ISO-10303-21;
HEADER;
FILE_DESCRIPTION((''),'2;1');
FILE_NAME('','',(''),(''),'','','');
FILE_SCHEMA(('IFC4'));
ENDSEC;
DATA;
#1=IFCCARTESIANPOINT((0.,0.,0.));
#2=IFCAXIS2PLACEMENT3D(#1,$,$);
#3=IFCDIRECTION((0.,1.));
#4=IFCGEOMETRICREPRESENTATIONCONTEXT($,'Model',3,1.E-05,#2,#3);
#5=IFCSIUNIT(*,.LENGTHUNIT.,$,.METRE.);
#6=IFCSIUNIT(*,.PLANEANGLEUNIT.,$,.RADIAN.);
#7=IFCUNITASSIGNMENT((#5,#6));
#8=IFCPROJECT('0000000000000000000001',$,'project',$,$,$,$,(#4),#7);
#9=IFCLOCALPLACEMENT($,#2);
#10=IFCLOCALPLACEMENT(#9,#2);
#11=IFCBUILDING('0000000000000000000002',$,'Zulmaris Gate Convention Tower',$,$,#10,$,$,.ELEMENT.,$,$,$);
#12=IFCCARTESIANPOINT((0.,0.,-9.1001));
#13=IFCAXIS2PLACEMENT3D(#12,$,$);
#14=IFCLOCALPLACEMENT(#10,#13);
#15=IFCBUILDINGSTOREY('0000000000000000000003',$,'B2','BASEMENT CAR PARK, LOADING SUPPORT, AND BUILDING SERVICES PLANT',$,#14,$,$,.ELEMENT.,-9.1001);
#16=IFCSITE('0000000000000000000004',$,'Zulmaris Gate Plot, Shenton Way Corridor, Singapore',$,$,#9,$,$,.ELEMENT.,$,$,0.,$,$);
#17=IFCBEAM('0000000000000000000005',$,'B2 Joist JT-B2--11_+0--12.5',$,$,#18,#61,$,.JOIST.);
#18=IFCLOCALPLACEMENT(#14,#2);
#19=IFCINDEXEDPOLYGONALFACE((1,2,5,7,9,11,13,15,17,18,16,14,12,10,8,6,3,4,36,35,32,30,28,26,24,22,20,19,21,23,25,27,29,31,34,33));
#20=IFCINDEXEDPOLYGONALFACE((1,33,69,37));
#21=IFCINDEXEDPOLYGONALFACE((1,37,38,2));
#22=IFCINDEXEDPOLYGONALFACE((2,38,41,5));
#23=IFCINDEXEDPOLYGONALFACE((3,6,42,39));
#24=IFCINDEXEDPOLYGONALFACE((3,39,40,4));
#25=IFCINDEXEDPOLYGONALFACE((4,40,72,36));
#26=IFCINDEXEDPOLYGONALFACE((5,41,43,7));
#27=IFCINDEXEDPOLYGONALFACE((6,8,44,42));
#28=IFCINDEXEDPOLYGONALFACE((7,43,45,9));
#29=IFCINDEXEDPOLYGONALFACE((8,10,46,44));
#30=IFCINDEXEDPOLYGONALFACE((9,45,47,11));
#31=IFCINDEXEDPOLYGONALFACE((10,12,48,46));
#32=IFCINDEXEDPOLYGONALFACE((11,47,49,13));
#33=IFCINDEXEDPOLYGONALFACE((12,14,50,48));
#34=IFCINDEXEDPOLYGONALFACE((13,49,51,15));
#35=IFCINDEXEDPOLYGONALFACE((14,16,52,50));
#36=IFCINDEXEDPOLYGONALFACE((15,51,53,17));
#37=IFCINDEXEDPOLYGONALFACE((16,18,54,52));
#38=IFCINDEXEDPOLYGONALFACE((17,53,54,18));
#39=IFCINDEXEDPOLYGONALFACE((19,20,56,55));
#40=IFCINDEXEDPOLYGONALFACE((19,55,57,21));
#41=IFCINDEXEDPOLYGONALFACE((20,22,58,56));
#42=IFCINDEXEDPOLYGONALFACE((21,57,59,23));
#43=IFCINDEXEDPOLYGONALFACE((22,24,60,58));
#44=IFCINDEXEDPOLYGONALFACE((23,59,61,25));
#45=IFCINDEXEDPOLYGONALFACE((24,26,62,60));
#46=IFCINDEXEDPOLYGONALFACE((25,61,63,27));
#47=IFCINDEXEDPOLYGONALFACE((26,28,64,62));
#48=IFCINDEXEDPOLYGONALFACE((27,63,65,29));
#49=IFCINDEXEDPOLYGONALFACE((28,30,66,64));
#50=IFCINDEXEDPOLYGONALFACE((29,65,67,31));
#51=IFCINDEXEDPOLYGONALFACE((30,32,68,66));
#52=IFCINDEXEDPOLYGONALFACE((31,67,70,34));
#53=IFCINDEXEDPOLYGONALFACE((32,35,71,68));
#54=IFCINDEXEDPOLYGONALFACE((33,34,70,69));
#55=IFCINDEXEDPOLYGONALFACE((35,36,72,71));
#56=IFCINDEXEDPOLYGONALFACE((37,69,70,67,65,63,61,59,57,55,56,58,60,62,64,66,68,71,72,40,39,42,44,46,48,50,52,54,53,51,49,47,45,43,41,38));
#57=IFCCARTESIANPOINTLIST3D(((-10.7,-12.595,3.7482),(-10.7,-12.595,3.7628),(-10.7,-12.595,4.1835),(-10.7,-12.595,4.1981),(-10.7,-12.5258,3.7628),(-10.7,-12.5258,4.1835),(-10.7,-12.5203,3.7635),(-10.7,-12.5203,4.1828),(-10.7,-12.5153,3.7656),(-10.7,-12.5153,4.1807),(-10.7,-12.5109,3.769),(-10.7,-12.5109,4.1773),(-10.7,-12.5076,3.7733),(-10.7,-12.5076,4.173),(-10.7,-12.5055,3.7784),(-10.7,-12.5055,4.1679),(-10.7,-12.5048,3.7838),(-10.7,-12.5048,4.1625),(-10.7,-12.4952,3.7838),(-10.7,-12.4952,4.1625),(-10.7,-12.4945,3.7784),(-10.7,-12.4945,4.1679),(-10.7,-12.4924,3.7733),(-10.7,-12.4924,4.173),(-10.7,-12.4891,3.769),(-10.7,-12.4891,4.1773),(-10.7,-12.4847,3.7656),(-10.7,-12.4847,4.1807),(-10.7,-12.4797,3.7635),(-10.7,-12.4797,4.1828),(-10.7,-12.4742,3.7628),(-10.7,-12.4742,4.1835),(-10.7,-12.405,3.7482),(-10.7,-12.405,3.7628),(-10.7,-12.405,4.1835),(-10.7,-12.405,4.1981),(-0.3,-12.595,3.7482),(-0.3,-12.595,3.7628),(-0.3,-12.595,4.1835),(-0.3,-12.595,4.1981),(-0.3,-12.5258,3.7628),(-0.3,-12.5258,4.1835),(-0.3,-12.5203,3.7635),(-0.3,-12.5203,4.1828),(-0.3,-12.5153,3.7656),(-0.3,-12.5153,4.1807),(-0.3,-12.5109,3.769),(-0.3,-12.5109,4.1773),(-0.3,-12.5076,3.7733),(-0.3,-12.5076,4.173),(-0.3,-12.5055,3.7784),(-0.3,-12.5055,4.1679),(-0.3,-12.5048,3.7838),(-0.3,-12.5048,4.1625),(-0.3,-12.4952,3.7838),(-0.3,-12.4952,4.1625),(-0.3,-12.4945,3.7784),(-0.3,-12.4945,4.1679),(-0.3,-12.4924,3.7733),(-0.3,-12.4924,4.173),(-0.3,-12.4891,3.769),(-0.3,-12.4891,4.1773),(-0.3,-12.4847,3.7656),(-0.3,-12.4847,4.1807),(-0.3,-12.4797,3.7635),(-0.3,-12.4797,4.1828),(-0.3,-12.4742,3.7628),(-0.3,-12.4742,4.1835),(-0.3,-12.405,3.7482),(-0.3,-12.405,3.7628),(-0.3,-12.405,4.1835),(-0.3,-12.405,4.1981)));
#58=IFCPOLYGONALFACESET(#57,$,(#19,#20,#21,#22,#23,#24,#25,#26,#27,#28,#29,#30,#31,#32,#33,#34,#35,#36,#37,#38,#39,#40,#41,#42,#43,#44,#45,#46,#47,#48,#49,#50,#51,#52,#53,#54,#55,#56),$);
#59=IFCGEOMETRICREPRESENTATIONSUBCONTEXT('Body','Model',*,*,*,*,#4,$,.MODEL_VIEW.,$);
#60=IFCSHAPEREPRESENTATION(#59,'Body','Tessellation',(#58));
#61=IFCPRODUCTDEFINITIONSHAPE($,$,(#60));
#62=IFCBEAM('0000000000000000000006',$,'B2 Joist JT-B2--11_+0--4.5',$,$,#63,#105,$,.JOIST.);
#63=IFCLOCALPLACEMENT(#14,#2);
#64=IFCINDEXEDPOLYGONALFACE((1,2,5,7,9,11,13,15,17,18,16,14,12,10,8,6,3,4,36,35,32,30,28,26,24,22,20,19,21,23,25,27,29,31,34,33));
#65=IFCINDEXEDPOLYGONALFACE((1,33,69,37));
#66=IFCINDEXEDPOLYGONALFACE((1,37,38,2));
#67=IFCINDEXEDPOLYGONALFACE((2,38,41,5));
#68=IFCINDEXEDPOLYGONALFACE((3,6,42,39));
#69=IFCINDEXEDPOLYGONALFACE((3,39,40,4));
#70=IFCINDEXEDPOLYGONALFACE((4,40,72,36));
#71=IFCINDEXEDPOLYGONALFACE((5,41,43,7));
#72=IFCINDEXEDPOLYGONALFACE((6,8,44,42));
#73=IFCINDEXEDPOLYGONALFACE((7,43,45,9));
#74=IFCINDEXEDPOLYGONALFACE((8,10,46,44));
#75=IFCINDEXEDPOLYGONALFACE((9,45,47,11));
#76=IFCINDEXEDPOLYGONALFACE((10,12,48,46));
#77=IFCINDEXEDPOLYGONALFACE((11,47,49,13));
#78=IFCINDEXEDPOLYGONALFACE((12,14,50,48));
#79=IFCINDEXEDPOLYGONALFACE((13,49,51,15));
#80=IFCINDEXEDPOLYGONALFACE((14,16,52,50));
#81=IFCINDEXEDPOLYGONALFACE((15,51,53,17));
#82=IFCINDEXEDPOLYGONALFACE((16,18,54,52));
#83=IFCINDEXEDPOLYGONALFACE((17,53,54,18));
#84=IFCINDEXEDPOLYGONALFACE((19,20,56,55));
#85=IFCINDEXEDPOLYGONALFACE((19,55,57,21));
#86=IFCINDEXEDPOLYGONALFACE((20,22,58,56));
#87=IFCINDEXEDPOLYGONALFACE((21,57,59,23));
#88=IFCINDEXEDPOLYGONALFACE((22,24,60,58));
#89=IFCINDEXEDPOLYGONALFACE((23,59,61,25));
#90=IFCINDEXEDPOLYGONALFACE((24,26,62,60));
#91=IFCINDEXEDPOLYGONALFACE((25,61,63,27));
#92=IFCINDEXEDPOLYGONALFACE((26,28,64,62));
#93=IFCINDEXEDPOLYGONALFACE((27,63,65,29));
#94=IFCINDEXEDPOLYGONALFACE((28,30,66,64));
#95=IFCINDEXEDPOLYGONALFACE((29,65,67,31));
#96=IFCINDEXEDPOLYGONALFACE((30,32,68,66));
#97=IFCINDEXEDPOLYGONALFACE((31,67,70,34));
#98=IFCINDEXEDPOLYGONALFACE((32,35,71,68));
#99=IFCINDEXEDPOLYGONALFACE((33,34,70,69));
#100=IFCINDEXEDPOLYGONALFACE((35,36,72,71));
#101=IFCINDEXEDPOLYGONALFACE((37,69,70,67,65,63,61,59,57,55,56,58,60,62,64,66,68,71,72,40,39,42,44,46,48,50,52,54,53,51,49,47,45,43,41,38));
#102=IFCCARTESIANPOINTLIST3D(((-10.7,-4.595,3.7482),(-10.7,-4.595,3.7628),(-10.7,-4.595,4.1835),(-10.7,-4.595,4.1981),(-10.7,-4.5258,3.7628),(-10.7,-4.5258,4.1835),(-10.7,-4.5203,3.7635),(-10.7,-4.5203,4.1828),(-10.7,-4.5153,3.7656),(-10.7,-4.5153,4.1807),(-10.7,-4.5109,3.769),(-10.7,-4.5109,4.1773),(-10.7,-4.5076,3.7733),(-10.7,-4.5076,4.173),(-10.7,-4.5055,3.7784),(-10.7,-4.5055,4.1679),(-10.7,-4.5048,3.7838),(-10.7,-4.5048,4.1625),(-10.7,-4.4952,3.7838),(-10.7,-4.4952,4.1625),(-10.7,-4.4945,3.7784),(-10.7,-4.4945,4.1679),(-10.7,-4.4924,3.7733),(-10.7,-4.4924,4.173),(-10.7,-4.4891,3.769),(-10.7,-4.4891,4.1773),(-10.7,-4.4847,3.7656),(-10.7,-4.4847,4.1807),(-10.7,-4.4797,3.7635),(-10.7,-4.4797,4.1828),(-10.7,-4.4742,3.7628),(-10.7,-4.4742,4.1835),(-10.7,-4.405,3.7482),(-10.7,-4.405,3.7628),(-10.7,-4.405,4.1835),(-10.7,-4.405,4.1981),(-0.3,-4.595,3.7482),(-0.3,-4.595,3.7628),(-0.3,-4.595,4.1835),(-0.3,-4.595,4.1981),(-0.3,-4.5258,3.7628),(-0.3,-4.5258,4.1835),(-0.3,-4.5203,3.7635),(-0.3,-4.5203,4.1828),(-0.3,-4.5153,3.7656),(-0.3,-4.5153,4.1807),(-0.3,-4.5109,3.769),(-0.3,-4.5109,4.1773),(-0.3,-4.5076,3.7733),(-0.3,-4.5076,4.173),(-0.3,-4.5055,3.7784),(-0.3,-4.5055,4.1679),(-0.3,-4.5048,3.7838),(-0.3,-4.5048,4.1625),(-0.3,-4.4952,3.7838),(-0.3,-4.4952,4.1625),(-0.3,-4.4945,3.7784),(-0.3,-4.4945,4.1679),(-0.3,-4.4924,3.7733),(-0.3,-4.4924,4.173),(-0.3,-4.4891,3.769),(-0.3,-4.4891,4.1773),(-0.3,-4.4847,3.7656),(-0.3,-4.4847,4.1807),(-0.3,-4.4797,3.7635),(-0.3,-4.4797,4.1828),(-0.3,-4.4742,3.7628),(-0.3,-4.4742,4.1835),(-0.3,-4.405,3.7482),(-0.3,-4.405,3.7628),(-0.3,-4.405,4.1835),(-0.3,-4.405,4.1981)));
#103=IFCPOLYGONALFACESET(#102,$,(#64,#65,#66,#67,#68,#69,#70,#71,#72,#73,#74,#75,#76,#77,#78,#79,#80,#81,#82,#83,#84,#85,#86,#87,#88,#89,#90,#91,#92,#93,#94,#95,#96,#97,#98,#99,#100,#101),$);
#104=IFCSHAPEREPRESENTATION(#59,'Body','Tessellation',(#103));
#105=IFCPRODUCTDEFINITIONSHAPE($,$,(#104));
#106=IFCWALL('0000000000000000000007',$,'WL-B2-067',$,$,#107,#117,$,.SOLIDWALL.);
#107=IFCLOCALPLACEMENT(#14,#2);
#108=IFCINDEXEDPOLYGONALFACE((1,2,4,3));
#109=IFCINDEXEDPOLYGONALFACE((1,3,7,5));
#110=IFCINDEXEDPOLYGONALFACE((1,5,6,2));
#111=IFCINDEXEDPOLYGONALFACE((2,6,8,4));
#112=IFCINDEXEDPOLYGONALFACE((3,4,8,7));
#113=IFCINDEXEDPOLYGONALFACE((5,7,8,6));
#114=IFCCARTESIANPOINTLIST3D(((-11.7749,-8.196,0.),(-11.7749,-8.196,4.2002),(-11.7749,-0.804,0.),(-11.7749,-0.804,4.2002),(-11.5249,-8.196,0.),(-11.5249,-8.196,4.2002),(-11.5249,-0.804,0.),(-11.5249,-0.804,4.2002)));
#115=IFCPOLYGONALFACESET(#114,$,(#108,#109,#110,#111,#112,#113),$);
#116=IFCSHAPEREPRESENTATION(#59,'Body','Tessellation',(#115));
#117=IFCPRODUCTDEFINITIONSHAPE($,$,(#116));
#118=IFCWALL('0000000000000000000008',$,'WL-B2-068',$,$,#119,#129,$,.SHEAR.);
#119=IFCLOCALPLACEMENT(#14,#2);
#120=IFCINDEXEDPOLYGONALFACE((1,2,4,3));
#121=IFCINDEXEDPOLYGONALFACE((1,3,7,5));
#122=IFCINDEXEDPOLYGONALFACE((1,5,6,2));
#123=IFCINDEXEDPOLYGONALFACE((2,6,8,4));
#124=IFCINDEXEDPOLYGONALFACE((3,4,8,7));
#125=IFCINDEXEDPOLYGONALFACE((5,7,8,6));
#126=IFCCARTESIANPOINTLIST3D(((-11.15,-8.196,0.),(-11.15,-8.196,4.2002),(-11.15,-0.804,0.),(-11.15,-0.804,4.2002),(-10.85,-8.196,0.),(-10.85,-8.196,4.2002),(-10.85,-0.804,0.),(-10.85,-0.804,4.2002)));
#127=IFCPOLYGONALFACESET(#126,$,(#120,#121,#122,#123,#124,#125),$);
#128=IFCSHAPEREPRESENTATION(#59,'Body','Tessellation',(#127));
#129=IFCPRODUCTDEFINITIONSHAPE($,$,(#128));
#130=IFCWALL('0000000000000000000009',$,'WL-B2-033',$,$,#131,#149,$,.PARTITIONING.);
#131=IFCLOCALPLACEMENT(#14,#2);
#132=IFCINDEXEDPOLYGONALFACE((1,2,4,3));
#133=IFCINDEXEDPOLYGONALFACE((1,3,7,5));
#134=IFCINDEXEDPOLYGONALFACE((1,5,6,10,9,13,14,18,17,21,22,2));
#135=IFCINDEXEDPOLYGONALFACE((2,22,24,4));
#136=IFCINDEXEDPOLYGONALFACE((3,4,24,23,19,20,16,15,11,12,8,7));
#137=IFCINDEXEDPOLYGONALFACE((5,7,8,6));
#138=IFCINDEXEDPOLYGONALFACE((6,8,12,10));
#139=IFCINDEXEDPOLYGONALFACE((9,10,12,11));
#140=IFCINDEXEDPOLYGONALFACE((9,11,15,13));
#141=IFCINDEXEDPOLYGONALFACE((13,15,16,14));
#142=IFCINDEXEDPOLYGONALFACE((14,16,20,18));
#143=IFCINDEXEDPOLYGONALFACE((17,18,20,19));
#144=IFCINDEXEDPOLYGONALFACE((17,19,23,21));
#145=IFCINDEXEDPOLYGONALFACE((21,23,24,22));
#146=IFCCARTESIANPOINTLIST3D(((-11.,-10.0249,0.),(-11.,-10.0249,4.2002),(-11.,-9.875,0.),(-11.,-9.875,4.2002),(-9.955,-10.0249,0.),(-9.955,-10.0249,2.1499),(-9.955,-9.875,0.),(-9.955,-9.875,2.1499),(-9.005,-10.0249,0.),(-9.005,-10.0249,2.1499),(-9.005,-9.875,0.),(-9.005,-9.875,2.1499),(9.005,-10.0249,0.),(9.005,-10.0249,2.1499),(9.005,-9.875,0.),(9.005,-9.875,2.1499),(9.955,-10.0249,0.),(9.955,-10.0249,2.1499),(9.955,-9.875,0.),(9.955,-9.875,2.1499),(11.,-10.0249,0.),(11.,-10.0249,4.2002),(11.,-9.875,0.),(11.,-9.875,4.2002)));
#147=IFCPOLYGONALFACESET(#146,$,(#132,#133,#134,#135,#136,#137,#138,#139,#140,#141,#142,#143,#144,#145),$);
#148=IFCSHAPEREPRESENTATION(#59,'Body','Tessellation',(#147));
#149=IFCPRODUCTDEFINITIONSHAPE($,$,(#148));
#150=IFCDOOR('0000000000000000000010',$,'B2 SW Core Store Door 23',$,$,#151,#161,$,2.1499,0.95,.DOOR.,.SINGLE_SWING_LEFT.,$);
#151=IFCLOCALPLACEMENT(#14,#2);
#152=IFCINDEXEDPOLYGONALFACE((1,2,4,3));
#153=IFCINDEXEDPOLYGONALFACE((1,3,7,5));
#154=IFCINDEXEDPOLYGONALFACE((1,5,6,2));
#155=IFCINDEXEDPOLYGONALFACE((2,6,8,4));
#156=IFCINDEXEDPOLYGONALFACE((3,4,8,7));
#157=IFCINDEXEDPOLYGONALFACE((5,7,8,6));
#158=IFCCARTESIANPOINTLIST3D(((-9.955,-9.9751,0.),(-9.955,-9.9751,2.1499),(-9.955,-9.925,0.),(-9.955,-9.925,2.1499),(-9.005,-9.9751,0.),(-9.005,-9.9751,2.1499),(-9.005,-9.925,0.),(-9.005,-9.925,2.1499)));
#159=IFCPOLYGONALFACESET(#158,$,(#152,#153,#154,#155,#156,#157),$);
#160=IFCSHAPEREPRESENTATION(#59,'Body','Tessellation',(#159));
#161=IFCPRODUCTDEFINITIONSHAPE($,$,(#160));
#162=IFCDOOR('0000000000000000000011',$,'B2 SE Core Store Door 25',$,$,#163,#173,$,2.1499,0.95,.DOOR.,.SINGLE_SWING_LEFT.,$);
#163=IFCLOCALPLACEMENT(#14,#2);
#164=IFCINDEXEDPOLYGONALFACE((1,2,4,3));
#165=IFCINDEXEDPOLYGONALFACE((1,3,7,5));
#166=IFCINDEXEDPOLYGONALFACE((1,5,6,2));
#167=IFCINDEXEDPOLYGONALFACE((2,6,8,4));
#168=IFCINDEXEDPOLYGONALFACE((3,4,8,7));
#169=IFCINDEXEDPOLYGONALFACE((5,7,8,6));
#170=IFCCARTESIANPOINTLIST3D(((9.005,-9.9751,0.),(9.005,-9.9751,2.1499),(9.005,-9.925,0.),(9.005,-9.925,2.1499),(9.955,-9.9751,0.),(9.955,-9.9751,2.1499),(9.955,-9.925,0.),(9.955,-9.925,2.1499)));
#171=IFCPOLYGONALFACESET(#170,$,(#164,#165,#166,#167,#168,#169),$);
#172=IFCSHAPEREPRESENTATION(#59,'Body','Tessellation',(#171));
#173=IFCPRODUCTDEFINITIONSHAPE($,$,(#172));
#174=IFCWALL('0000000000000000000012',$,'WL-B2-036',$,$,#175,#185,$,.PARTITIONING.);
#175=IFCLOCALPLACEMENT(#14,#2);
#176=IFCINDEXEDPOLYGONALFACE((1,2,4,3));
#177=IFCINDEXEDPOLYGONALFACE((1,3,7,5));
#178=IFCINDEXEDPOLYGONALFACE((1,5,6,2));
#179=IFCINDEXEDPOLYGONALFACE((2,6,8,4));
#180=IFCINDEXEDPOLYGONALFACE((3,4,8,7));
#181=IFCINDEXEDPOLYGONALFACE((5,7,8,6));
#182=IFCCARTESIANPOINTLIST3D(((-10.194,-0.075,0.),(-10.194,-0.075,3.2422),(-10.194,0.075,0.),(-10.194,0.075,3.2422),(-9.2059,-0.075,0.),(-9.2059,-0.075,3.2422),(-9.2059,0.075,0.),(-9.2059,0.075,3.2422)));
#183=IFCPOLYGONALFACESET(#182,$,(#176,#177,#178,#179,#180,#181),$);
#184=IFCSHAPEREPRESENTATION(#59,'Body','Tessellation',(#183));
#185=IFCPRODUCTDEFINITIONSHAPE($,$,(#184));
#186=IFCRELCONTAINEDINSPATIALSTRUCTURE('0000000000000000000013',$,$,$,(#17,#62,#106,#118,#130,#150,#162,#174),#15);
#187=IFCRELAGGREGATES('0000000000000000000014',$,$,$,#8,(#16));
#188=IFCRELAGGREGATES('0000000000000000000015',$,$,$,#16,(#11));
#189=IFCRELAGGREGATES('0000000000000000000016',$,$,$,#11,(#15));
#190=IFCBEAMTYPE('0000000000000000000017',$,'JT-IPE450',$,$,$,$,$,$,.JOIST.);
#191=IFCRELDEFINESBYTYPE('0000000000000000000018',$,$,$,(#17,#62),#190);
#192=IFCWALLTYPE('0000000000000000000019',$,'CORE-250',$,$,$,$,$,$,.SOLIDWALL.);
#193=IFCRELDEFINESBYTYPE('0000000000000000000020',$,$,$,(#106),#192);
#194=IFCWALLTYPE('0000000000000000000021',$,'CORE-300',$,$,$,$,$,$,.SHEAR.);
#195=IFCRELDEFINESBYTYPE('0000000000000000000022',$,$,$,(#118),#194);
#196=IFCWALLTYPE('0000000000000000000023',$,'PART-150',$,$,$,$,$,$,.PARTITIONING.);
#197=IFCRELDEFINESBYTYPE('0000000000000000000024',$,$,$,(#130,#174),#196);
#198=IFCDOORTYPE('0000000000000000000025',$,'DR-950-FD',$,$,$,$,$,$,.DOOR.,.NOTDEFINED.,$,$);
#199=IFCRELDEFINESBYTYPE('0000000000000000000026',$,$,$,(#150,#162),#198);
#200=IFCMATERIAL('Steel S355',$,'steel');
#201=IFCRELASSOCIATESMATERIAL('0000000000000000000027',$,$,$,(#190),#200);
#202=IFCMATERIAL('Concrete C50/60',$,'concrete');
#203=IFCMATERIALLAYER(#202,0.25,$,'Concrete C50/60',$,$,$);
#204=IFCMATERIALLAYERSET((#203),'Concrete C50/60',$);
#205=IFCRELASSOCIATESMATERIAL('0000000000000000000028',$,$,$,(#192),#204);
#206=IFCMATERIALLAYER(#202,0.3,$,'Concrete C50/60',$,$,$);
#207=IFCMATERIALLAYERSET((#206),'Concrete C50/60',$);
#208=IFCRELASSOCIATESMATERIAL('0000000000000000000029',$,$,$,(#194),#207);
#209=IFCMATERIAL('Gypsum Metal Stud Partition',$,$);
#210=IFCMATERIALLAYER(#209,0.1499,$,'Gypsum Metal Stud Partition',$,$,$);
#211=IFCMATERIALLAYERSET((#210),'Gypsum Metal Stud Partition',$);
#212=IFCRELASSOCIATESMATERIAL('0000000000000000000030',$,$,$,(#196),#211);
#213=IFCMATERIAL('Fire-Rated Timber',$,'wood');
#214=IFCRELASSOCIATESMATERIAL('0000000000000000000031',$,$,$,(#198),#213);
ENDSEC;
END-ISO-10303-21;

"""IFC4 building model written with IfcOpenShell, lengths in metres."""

from ifc_helpers import new_model, si_unit, direction, frame, frame_2d, origin, origin_2d, place, context, subcontext, project, spatial, rectangle, i_section, extrude, material, layer, layer_set, material_profile, profile_set, type_object, element, fill, save


model = new_model("IFC4")

# Units and contexts
model_context = context("Model", 3, precision=1e-05, world=origin(), true_north=direction((0.0, 1.0)))
body_context = subcontext(model_context, "Body", "Model", "MODEL_VIEW")
ifc_project = project(units=[si_unit("LENGTHUNIT", "METRE"), si_unit("PLANEANGLEUNIT", "RADIAN")], contexts=[model_context])

# Site, building, storey
site_placement = place(None, origin())
site = spatial("IfcSite", under=ifc_project, at=site_placement, Name="Zulmaris Gate Plot, Shenton Way Corridor, Singapore", CompositionType="ELEMENT", RefElevation=0.0)
building_placement = place(site_placement, origin())
building = spatial("IfcBuilding", under=site, at=building_placement, Name="Zulmaris Gate Convention Tower", CompositionType="ELEMENT")
storey_placement = place(building_placement, frame((0.0, 0.0, -9.1001)))
storey = spatial("IfcBuildingStorey", under=building, at=storey_placement, Name="B2", Description="BASEMENT CAR PARK, LOADING SUPPORT, AND BUILDING SERVICES PLANT", CompositionType="ELEMENT", Elevation=-9.1001)

# Shared definitions
ifc_material_1 = material(Name="Concrete C50/60", Category="concrete")

# Beams
ifc_material_2 = material(Name="Steel S355", Category="steel")
ifc_material_profile_1 = material_profile(ifc_material_2, i_section(OverallWidth=0.1899, OverallDepth=0.45, WebThickness=0.0095, FlangeThickness=0.0146, FilletRadius=0.021, at=origin_2d()), Name="IPE 450")
ifc_profile_set_1 = profile_set([ifc_material_profile_1], Name="Steel S355")
beam_type_1 = type_object("IfcBeamType", Name="JT-IPE450", PredefinedType="JOIST", material=ifc_profile_set_1)
for number, where, z_axis, x_axis, name in (
    (1, (-10.7, -12.5, 3.9731), (1.0, 0.0, 0.0), (0.0, 1.0, 0.0), "B2 Joist JT-B2--11_+0--12.5"),
    (2, (-10.7, -4.5, 3.9731), (1.0, 0.0, 0.0), (0.0, 1.0, 0.0), "B2 Joist JT-B2--11_+0--4.5"),
):
    element("IfcBeam", number, at=place(storey_placement, frame(where, z_axis=z_axis, x_axis=x_axis)), inside=storey, type_object=beam_type_1, Name=name, PredefinedType="JOIST", context=body_context, shape_type="SweptSolid", body=[
        extrude(i_section(OverallWidth=0.1899, OverallDepth=0.45, WebThickness=0.0095, FlangeThickness=0.0146, FilletRadius=0.021, at=origin_2d()), origin(), (0.0, 0.0, 1.0), 10.3999),
    ])

# Walls
ifc_layer_1 = layer(ifc_material_1, 0.25, Name="Concrete C50/60")
ifc_layer_set_1 = layer_set([ifc_layer_1], Name="Concrete C50/60")
wall_type_1 = type_object("IfcWallType", Name="CORE-250", PredefinedType="SOLIDWALL", material=ifc_layer_set_1)
wall_1_placement = place(storey_placement, frame((-11.6499, -8.196, 0.0), z_axis=(0.0, 0.0, 1.0), x_axis=(0.0, 1.0, 0.0)))
element("IfcWall", 3, at=wall_1_placement, inside=storey, type_object=wall_type_1, Name="WL-B2-067", PredefinedType="SOLIDWALL", context=body_context, shape_type="SweptSolid", body=[
    extrude(rectangle(XDim=7.3921, YDim=0.25, at=frame_2d((3.696, 0.0))), origin(), (0.0, 0.0, 1.0), 4.2002),
])
ifc_layer_2 = layer(ifc_material_1, 0.3, Name="Concrete C50/60")
ifc_layer_set_2 = layer_set([ifc_layer_2], Name="Concrete C50/60")
wall_type_2 = type_object("IfcWallType", Name="CORE-300", PredefinedType="SHEAR", material=ifc_layer_set_2)
wall_2_placement = place(storey_placement, frame((-11.0, -8.196, 0.0), z_axis=(0.0, 0.0, 1.0), x_axis=(0.0, 1.0, 0.0)))
element("IfcWall", 4, at=wall_2_placement, inside=storey, type_object=wall_type_2, Name="WL-B2-068", PredefinedType="SHEAR", context=body_context, shape_type="SweptSolid", body=[
    extrude(rectangle(XDim=7.3921, YDim=0.3, at=frame_2d((3.696, 0.0))), origin(), (0.0, 0.0, 1.0), 4.2002),
])

# Wall, openings, doors
ifc_material_3 = material(Name="Gypsum Metal Stud Partition")
ifc_layer_3 = layer(ifc_material_3, 0.1499, Name="Gypsum Metal Stud Partition")
ifc_layer_set_3 = layer_set([ifc_layer_3], Name="Gypsum Metal Stud Partition")
wall_type_3 = type_object("IfcWallType", Name="PART-150", PredefinedType="PARTITIONING", material=ifc_layer_set_3)
wall_3_placement = place(storey_placement, frame((-11.0, -9.95, 0.0), z_axis=(0.0, 0.0, 1.0), x_axis=(1.0, 0.0, 0.0)))
wall_3 = element("IfcWall", 5, at=wall_3_placement, inside=storey, type_object=wall_type_3, Name="WL-B2-033", PredefinedType="PARTITIONING", context=body_context, shape_type="SweptSolid", body=[
    extrude(rectangle(XDim=22.0, YDim=0.1499, at=frame_2d((11.0, 0.0))), origin(), (0.0, 0.0, 1.0), 4.2002),
])
opening_1_placement = place(wall_3_placement, frame((1.0449, 0.0, 0.0)))
opening_1 = element("IfcOpeningElement", 6, at=opening_1_placement, cuts=wall_3, PredefinedType="OPENING", context=body_context, shape_type="SweptSolid", body=[
    extrude(rectangle(XDim=0.95, YDim=2.1499, at=frame_2d((0.4751, 1.075))), frame((0.0, 0.085, 0.0), z_axis=(0.0, -1.0, 0.0), x_axis=(1.0, 0.0, 0.0)), (0.0, 0.0, 1.0), 0.1699),
])
opening_2_placement = place(wall_3_placement, frame((20.0049, 0.0, 0.0)))
opening_2 = element("IfcOpeningElement", 7, at=opening_2_placement, cuts=wall_3, PredefinedType="OPENING", context=body_context, shape_type="SweptSolid", body=[
    extrude(rectangle(XDim=0.95, YDim=2.1499, at=frame_2d((0.4751, 1.075))), frame((0.0, 0.085, 0.0), z_axis=(0.0, -1.0, 0.0), x_axis=(1.0, 0.0, 0.0)), (0.0, 0.0, 1.0), 0.1699),
])
ifc_material_4 = material(Name="Fire-Rated Timber", Category="wood")
door_type = type_object("IfcDoorType", Name="DR-950-FD", OperationType="NOTDEFINED", PredefinedType="DOOR", material=ifc_material_4)
door_1_placement = place(opening_1_placement, origin())
door_1 = element("IfcDoor", 8, at=door_1_placement, inside=storey, type_object=door_type, Name="B2 SW Core Store Door 23", OperationType="SINGLE_SWING_LEFT", OverallHeight=2.1499, OverallWidth=0.95, PredefinedType="DOOR", context=body_context, shape_type="SweptSolid", body=[
    extrude(rectangle(XDim=0.95, YDim=2.1499, at=frame_2d((0.4751, 1.075))), frame((0.0, 0.0249, 0.0), z_axis=(0.0, -1.0, 0.0), x_axis=(1.0, 0.0, 0.0)), (0.0, 0.0, 1.0), 0.05),
])
fill(opening_1, door_1)
door_2_placement = place(opening_2_placement, origin())
door_2 = element("IfcDoor", 9, at=door_2_placement, inside=storey, type_object=door_type, Name="B2 SE Core Store Door 25", OperationType="SINGLE_SWING_LEFT", OverallHeight=2.1499, OverallWidth=0.95, PredefinedType="DOOR", context=body_context, shape_type="SweptSolid", body=[
    extrude(rectangle(XDim=0.95, YDim=2.1499, at=frame_2d((0.4751, 1.075))), frame((0.0, 0.0249, 0.0), z_axis=(0.0, -1.0, 0.0), x_axis=(1.0, 0.0, 0.0)), (0.0, 0.0, 1.0), 0.05),
])
fill(opening_2, door_2)

# Wall
wall_4_placement = place(storey_placement, frame((-10.1941, 0.0, 0.0), z_axis=(0.0, 0.0, 1.0), x_axis=(1.0, 0.0, 0.0)))
element("IfcWall", 10, at=wall_4_placement, inside=storey, type_object=wall_type_3, Name="WL-B2-036", PredefinedType="PARTITIONING", context=body_context, shape_type="SweptSolid", body=[
    extrude(rectangle(XDim=0.988, YDim=0.1499, at=frame_2d((0.4941, 0.0))), origin(), (0.0, 0.0, 1.0), 3.2422),
])

save(model, "model.ifc")
